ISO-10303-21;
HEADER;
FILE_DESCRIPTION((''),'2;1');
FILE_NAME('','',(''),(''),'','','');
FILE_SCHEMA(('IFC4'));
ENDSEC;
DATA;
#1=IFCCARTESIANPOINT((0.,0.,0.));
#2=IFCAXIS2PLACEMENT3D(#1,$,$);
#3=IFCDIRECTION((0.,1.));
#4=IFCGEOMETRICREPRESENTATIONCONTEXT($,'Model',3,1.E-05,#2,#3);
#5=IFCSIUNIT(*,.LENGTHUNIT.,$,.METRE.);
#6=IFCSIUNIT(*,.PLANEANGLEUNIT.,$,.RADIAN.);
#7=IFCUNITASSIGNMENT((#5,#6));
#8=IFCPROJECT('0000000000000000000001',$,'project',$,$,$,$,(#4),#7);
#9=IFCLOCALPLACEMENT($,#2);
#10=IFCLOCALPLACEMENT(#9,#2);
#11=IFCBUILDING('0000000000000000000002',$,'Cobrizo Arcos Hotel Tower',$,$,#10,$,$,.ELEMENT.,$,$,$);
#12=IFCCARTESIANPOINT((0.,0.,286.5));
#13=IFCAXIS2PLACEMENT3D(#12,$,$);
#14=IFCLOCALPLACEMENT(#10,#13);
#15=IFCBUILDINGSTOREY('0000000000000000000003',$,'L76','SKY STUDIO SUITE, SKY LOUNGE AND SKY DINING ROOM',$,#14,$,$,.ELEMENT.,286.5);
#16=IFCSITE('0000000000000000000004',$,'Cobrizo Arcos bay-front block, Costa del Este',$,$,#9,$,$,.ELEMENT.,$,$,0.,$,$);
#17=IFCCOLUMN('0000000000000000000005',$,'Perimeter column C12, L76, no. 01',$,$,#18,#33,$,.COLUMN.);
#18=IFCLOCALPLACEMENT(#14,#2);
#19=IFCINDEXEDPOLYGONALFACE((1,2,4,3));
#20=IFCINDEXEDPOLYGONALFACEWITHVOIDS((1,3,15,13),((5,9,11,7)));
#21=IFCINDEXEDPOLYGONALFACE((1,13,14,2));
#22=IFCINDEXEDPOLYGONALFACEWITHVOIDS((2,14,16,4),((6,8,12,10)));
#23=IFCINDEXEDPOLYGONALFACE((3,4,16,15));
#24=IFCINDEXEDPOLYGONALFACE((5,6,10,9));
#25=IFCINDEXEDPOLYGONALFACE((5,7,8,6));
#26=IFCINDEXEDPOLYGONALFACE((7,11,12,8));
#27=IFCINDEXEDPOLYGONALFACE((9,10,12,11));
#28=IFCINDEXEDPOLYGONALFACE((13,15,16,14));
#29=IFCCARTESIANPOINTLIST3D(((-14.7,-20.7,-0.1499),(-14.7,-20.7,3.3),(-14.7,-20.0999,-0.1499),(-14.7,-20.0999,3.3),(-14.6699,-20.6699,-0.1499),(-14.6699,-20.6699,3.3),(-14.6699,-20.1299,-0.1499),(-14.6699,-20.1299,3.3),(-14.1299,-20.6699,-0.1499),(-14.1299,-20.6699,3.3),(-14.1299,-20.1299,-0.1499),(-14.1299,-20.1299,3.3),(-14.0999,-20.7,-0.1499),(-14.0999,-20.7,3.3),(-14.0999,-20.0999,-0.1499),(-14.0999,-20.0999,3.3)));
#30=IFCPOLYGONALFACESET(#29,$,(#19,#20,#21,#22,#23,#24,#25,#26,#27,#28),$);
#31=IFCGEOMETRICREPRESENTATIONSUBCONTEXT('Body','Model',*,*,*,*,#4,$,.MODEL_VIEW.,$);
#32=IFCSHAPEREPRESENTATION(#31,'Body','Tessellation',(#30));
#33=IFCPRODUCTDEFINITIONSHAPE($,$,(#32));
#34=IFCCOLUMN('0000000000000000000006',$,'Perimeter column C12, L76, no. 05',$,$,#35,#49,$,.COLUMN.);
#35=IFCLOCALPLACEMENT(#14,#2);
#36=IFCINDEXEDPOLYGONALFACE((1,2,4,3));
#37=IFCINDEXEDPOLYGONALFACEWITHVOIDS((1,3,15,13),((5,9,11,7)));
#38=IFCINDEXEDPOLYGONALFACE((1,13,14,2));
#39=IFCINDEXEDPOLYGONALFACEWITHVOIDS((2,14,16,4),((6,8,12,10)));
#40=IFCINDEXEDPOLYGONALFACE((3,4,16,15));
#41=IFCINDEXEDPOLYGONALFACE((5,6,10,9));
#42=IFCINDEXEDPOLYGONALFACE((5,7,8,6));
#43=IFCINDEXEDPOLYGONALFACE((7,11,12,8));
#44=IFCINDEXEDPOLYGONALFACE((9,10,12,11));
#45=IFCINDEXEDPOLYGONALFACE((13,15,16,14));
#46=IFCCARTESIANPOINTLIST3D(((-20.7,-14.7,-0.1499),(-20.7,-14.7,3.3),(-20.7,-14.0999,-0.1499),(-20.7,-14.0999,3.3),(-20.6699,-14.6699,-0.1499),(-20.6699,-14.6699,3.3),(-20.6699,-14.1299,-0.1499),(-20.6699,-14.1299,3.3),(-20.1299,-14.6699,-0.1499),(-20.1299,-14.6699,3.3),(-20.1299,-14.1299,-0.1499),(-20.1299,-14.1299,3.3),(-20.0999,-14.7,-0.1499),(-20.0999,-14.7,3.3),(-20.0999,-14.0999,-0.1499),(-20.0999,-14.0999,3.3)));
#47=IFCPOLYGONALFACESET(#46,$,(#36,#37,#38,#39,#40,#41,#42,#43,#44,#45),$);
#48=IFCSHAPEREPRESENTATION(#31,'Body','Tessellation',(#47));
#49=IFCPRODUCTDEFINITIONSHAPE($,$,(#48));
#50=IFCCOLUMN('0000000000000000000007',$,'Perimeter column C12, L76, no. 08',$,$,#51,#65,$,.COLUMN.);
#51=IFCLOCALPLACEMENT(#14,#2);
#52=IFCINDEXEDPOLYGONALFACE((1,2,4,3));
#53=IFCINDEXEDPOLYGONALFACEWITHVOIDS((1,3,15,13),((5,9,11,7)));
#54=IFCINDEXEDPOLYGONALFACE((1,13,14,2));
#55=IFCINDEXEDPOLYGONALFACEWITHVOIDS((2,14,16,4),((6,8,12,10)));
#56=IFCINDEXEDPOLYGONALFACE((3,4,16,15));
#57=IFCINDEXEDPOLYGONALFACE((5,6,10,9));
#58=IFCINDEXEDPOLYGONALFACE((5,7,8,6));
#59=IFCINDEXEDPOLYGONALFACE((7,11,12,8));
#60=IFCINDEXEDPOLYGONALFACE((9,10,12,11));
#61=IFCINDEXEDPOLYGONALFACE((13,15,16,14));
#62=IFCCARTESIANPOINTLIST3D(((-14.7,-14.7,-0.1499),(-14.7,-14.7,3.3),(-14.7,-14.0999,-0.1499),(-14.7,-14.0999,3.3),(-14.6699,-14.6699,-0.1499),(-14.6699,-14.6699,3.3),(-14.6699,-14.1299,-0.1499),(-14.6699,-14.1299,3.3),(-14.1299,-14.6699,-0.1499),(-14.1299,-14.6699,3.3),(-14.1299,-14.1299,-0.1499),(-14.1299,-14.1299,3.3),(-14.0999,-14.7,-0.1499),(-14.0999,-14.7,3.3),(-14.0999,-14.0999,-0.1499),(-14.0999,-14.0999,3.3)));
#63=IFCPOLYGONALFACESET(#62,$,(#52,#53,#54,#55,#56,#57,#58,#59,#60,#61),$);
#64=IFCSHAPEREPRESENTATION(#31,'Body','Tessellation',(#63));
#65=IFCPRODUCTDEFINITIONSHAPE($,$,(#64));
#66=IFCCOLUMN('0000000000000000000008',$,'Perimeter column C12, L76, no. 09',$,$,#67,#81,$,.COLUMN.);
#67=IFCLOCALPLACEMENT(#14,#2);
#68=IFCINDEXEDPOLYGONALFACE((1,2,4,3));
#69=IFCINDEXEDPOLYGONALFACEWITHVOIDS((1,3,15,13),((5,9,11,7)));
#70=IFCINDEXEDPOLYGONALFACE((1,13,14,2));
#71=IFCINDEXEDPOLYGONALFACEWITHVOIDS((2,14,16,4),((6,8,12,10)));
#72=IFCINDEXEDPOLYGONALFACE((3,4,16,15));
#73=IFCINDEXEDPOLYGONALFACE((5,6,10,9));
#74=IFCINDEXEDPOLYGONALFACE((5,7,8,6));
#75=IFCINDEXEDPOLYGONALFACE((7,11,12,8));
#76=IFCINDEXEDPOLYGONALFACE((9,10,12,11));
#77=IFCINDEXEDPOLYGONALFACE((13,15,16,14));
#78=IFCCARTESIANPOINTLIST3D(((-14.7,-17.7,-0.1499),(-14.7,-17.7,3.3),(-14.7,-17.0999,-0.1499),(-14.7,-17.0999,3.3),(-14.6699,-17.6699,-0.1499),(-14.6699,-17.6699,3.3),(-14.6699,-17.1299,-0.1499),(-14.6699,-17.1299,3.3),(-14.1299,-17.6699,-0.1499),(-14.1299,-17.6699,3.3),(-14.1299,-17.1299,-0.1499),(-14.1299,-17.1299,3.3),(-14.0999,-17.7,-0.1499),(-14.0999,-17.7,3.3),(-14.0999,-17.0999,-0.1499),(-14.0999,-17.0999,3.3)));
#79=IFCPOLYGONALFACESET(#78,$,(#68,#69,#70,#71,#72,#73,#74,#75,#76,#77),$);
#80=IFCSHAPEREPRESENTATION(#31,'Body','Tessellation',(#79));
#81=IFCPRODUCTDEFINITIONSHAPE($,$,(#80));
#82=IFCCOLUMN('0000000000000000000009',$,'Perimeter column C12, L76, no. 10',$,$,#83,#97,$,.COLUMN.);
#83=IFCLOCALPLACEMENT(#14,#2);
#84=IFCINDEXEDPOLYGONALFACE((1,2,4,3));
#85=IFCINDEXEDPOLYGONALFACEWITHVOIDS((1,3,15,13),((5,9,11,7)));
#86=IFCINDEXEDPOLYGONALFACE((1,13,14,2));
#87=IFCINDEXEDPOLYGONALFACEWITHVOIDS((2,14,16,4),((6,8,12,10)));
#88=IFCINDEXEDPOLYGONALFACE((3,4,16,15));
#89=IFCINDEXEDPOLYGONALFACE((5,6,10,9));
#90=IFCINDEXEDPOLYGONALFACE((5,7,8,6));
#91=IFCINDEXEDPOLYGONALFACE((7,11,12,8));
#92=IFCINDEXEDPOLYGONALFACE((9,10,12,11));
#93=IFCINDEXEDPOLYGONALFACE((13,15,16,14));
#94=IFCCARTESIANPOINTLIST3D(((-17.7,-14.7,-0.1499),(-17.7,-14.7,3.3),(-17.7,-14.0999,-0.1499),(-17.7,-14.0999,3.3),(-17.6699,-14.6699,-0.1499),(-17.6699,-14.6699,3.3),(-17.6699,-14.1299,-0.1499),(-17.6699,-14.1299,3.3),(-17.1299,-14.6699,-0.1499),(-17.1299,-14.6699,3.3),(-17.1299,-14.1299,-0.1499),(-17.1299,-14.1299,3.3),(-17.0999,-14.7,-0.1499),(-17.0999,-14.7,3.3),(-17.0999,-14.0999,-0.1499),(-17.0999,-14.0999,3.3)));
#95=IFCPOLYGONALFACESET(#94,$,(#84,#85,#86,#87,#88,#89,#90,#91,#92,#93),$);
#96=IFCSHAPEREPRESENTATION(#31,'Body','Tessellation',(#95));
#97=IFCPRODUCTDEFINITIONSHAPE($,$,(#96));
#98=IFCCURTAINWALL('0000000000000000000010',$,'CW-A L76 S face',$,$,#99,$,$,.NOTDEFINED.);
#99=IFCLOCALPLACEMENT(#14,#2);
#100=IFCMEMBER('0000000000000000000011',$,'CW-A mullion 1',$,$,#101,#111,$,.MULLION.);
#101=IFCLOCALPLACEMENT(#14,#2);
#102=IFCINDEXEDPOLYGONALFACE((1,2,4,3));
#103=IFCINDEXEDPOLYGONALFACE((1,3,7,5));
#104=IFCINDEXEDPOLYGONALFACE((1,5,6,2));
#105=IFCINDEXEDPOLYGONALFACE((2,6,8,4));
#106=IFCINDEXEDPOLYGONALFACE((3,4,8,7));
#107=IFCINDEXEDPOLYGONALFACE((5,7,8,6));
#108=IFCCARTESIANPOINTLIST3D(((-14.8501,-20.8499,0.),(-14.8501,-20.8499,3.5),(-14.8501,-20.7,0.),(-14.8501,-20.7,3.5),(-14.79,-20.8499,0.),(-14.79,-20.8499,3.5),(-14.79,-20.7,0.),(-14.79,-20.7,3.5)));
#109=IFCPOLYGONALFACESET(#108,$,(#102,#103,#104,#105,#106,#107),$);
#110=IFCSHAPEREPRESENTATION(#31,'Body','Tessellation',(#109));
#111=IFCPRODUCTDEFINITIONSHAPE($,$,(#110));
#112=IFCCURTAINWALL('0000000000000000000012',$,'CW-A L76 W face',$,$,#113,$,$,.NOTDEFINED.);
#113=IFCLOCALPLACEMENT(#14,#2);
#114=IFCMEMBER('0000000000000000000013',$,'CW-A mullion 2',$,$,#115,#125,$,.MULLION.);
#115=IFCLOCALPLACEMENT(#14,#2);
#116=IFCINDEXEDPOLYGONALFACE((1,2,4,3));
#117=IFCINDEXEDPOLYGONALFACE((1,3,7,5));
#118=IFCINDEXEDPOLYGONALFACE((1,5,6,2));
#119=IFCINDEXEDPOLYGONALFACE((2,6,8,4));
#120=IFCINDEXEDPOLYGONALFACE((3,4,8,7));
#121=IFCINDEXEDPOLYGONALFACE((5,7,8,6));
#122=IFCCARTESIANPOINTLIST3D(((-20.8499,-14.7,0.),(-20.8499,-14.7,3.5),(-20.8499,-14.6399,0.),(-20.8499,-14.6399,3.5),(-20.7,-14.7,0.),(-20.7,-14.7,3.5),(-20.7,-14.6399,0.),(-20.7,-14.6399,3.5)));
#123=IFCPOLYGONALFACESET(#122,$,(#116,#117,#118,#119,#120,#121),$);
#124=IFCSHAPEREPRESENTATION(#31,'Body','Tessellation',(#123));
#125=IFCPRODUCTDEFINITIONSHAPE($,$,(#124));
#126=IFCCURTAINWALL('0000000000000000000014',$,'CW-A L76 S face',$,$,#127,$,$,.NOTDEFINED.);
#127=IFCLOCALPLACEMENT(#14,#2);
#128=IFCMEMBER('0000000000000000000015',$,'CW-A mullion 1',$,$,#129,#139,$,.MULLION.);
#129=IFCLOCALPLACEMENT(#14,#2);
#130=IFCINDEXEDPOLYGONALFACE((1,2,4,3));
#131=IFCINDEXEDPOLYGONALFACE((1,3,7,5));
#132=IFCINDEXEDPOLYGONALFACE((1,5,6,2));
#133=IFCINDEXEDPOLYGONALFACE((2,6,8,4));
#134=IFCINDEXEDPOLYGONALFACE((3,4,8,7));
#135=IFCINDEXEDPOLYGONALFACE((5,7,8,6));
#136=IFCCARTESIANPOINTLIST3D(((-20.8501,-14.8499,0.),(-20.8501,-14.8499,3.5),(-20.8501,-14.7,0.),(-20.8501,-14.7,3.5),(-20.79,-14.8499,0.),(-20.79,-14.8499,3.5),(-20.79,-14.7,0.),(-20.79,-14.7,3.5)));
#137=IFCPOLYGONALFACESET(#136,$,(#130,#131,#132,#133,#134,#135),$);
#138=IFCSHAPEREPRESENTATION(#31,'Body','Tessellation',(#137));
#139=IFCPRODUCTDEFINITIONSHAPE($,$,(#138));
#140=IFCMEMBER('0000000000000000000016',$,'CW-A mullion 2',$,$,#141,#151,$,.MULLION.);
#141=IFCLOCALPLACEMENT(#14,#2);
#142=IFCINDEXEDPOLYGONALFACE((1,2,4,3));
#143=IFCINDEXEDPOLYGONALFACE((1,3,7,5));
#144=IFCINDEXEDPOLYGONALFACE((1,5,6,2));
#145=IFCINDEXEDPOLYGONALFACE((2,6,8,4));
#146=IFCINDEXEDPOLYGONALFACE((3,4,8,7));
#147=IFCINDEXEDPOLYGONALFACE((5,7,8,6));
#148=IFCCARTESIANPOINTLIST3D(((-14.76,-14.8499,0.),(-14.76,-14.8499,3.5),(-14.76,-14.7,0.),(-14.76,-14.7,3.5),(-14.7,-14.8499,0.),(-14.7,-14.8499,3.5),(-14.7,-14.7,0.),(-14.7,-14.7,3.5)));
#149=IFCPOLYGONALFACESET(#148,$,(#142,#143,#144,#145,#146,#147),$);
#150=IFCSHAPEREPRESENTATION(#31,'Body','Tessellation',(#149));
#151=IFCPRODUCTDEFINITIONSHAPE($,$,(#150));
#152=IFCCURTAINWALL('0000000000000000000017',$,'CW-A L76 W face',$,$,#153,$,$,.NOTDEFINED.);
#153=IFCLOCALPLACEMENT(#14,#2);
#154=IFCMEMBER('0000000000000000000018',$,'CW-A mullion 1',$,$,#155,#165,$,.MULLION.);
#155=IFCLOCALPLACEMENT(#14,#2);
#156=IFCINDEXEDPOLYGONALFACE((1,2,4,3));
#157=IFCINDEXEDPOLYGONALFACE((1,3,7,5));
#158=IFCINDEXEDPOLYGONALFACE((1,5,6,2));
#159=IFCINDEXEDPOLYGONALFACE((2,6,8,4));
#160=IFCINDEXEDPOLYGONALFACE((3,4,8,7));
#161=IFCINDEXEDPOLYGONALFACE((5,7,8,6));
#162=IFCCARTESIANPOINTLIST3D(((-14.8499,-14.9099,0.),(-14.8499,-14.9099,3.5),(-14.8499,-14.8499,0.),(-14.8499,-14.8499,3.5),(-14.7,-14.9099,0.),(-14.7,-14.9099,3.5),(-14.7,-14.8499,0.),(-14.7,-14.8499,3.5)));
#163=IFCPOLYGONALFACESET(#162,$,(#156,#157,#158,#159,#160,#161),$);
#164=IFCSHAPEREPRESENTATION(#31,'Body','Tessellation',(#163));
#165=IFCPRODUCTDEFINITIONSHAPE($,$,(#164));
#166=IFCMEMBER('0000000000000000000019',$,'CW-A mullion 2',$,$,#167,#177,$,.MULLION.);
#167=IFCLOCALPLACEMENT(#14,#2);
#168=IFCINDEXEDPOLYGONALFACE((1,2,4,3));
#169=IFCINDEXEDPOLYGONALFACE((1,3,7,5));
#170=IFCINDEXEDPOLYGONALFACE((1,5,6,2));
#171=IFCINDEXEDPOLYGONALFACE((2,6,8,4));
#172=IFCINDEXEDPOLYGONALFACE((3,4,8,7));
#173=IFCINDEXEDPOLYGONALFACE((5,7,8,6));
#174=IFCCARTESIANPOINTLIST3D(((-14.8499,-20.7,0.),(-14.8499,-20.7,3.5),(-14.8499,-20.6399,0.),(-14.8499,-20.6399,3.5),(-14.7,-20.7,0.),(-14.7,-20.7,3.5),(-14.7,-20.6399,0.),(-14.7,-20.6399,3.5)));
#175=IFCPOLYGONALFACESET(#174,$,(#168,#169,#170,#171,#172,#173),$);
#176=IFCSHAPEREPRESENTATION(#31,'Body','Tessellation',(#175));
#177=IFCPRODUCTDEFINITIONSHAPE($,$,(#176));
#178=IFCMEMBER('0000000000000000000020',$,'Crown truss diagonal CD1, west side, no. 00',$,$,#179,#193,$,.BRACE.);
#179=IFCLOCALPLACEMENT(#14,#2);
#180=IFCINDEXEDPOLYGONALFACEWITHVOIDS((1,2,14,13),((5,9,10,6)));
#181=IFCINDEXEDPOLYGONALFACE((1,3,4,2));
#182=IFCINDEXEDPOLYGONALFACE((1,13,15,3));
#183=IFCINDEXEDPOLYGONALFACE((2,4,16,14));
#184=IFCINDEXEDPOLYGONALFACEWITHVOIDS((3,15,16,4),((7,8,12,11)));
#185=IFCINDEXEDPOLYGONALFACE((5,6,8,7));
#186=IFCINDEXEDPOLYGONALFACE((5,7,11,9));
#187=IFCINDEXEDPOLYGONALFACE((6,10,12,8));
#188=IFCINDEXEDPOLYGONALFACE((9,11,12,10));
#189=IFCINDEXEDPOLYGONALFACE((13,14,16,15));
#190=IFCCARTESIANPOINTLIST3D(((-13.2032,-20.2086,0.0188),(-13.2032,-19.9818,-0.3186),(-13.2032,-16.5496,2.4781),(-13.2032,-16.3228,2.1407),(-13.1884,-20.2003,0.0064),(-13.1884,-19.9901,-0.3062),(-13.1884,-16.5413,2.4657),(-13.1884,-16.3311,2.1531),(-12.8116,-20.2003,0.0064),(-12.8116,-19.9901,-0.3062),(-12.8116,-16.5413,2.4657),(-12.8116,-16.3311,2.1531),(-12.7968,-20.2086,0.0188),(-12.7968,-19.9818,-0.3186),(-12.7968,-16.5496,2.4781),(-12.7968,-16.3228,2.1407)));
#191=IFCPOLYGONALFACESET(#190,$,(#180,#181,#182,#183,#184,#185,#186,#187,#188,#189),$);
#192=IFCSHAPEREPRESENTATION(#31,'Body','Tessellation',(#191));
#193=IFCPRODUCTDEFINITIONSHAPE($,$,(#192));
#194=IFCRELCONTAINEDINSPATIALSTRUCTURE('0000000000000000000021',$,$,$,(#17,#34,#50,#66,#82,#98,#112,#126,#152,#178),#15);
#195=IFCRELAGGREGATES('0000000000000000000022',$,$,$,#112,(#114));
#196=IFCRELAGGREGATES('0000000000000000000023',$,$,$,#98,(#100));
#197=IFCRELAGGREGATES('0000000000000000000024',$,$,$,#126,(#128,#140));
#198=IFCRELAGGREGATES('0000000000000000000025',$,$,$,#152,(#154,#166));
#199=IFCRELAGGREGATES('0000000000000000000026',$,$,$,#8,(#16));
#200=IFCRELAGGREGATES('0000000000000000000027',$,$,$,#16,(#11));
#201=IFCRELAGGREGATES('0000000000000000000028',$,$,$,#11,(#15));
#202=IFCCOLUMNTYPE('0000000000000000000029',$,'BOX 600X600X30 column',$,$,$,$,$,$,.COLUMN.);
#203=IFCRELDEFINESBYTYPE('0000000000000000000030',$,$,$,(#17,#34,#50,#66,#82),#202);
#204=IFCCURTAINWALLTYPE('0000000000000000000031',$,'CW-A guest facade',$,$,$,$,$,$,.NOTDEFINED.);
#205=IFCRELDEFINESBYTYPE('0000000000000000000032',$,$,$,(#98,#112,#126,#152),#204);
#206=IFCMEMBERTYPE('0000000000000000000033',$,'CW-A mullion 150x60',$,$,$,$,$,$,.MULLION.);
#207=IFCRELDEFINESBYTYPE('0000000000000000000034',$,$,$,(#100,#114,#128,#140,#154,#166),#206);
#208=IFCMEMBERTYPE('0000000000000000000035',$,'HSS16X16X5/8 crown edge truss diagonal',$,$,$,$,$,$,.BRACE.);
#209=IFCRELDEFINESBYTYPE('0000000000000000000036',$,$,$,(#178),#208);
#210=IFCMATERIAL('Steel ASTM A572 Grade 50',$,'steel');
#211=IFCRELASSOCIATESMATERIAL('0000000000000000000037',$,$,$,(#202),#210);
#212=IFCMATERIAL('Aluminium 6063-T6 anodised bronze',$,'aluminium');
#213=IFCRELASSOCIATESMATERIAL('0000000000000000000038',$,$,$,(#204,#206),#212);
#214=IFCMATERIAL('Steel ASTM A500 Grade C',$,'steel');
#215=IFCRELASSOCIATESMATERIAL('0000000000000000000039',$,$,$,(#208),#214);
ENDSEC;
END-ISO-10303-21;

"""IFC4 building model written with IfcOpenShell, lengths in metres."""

from ifc_helpers import new_model, si_unit, direction, frame, origin, origin_2d, place, context, subcontext, project, spatial, rectangle, hollow_rectangle, extrude, material, material_profile, profile_set, type_object, element, aggregate, save


model = new_model("IFC4")

# Units and contexts
model_context = context("Model", 3, precision=1e-05, world=origin(), true_north=direction((0.0, 1.0)))
body_context = subcontext(model_context, "Body", "Model", "MODEL_VIEW")
ifc_project = project(units=[si_unit("LENGTHUNIT", "METRE"), si_unit("PLANEANGLEUNIT", "RADIAN")], contexts=[model_context])

# Site, building, storey
site_placement = place(None, origin())
site = spatial("IfcSite", under=ifc_project, at=site_placement, Name="Cobrizo Arcos bay-front block, Costa del Este", CompositionType="ELEMENT", RefElevation=0.0)
building_placement = place(site_placement, origin())
building = spatial("IfcBuilding", under=site, at=building_placement, Name="Cobrizo Arcos Hotel Tower", CompositionType="ELEMENT")
storey_placement = place(building_placement, frame((0.0, 0.0, 286.5)))
storey = spatial("IfcBuildingStorey", under=building, at=storey_placement, Name="L76", Description="SKY STUDIO SUITE, SKY LOUNGE AND SKY DINING ROOM", CompositionType="ELEMENT", Elevation=286.5)

# Columns
ifc_material_1 = material(Name="Steel ASTM A572 Grade 50", Category="steel")
ifc_material_profile_1 = material_profile(ifc_material_1, hollow_rectangle(XDim=0.6001, YDim=0.6001, WallThickness=0.03, at=origin_2d()), Name="BOX 600X600X30")
ifc_profile_set_1 = profile_set([ifc_material_profile_1], Name="Steel ASTM A572 Grade 50")
column_type = type_object("IfcColumnType", Name="BOX 600X600X30 column", PredefinedType="COLUMN", material=ifc_profile_set_1)
for number, where, z_axis, x_axis, name in (
    (1, (-14.3999, -20.3999, -0.1499), (0.0, 0.0, 1.0), (1.0, 0.0, 0.0), "Perimeter column C12, L76, no. 01"),
    (2, (-20.3999, -14.3999, -0.1499), (0.0, 0.0, 1.0), (1.0, 0.0, 0.0), "Perimeter column C12, L76, no. 05"),
    (3, (-14.3999, -14.3999, -0.1499), (0.0, 0.0, 1.0), (1.0, 0.0, 0.0), "Perimeter column C12, L76, no. 08"),
    (4, (-14.3999, -17.3999, -0.1499), (0.0, 0.0, 1.0), (1.0, 0.0, 0.0), "Perimeter column C12, L76, no. 09"),
    (5, (-17.3999, -14.3999, -0.1499), (0.0, 0.0, 1.0), (1.0, 0.0, 0.0), "Perimeter column C12, L76, no. 10"),
):
    element("IfcColumn", number, at=place(storey_placement, frame(where, z_axis=z_axis, x_axis=x_axis)), inside=storey, type_object=column_type, Name=name, PredefinedType="COLUMN", context=body_context, shape_type="SweptSolid", body=[
        extrude(hollow_rectangle(XDim=0.6001, YDim=0.6001, WallThickness=0.03, at=origin_2d()), origin(), (0.0, 0.0, 1.0), 3.45),
    ])

# Curtain walls, members
ifc_material_2 = material(Name="Aluminium 6063-T6 anodised bronze", Category="aluminium")
curtain_wall_type = type_object("IfcCurtainWallType", Name="CW-A guest facade", PredefinedType="NOTDEFINED", material=ifc_material_2)
curtain_wall_1_placement = place(storey_placement, origin())
curtain_wall_1 = element("IfcCurtainWall", 6, at=curtain_wall_1_placement, inside=storey, type_object=curtain_wall_type, Name="CW-A L76 S face", PredefinedType="NOTDEFINED")
ifc_material_profile_2 = material_profile(ifc_material_2, rectangle(XDim=0.1499, YDim=0.0601, at=origin_2d()), Name="CW-A mullion 150x60")
ifc_profile_set_2 = profile_set([ifc_material_profile_2], Name="Aluminium 6063-T6 anodised bronze")
member_type_1 = type_object("IfcMemberType", Name="CW-A mullion 150x60", PredefinedType="MULLION", material=ifc_profile_set_2)
member_1_placement = place(storey_placement, frame((-14.8201, -20.7749, 0.0), z_axis=(0.0, 0.0, 1.0), x_axis=(0.0, -1.0, 0.0)))
member_1 = element("IfcMember", 7, at=member_1_placement, type_object=member_type_1, Name="CW-A mullion 1", PredefinedType="MULLION", context=body_context, shape_type="SweptSolid", body=[
    extrude(rectangle(XDim=0.1499, YDim=0.0601, at=origin_2d()), origin(), (0.0, 0.0, 1.0), 3.5),
])
curtain_wall_2_placement = place(storey_placement, origin())
curtain_wall_2 = element("IfcCurtainWall", 8, at=curtain_wall_2_placement, inside=storey, type_object=curtain_wall_type, Name="CW-A L76 W face", PredefinedType="NOTDEFINED")
member_2_placement = place(storey_placement, frame((-20.7749, -14.6699, 0.0), z_axis=(0.0, 0.0, 1.0), x_axis=(-1.0, 0.0, 0.0)))
member_2 = element("IfcMember", 9, at=member_2_placement, type_object=member_type_1, Name="CW-A mullion 2", PredefinedType="MULLION", context=body_context, shape_type="SweptSolid", body=[
    extrude(rectangle(XDim=0.1499, YDim=0.0601, at=origin_2d()), origin(), (0.0, 0.0, 1.0), 3.5),
])
aggregate(curtain_wall_2, [member_2])

# Curtain walls, members
curtain_wall_3_placement = place(storey_placement, origin())
curtain_wall_3 = element("IfcCurtainWall", 10, at=curtain_wall_3_placement, inside=storey, type_object=curtain_wall_type, Name="CW-A L76 S face", PredefinedType="NOTDEFINED")
member_3_placement = place(storey_placement, frame((-20.8201, -14.7749, 0.0), z_axis=(0.0, 0.0, 1.0), x_axis=(0.0, -1.0, 0.0)))
member_3 = element("IfcMember", 11, at=member_3_placement, type_object=member_type_1, Name="CW-A mullion 1", PredefinedType="MULLION", context=body_context, shape_type="SweptSolid", body=[
    extrude(rectangle(XDim=0.1499, YDim=0.0601, at=origin_2d()), origin(), (0.0, 0.0, 1.0), 3.5),
])
member_4_placement = place(storey_placement, frame((-14.73, -14.7749, 0.0), z_axis=(0.0, 0.0, 1.0), x_axis=(0.0, -1.0, 0.0)))
member_4 = element("IfcMember", 12, at=member_4_placement, type_object=member_type_1, Name="CW-A mullion 2", PredefinedType="MULLION", context=body_context, shape_type="SweptSolid", body=[
    extrude(rectangle(XDim=0.1499, YDim=0.0601, at=origin_2d()), origin(), (0.0, 0.0, 1.0), 3.5),
])
curtain_wall_4_placement = place(storey_placement, origin())
curtain_wall_4 = element("IfcCurtainWall", 13, at=curtain_wall_4_placement, inside=storey, type_object=curtain_wall_type, Name="CW-A L76 W face", PredefinedType="NOTDEFINED")
member_5_placement = place(storey_placement, frame((-14.7749, -14.8799, 0.0), z_axis=(0.0, 0.0, 1.0), x_axis=(-1.0, 0.0, 0.0)))
member_5 = element("IfcMember", 14, at=member_5_placement, type_object=member_type_1, Name="CW-A mullion 1", PredefinedType="MULLION", context=body_context, shape_type="SweptSolid", body=[
    extrude(rectangle(XDim=0.1499, YDim=0.0601, at=origin_2d()), origin(), (0.0, 0.0, 1.0), 3.5),
])
member_6_placement = place(storey_placement, frame((-14.7749, -20.6699, 0.0), z_axis=(0.0, 0.0, 1.0), x_axis=(-1.0, 0.0, 0.0)))
member_6 = element("IfcMember", 15, at=member_6_placement, type_object=member_type_1, Name="CW-A mullion 2", PredefinedType="MULLION", context=body_context, shape_type="SweptSolid", body=[
    extrude(rectangle(XDim=0.1499, YDim=0.0601, at=origin_2d()), origin(), (0.0, 0.0, 1.0), 3.5),
])

# Member
ifc_material_3 = material(Name="Steel ASTM A500 Grade C", Category="steel")
ifc_material_profile_3 = material_profile(ifc_material_3, hollow_rectangle(XDim=0.4065, YDim=0.4065, WallThickness=0.0149, at=origin_2d()), Name="HSS16X16X5/8")
ifc_profile_set_3 = profile_set([ifc_material_profile_3], Name="Steel ASTM A500 Grade C")
member_type_2 = type_object("IfcMemberType", Name="HSS16X16X5/8 crown edge truss diagonal", PredefinedType="BRACE", material=ifc_profile_set_3)
member_7_placement = place(storey_placement, frame((-13.0, -20.0952, -0.1499), z_axis=(0.0, 0.829957, 0.557827), x_axis=(-1.0, 0.0, 0.0)))
element("IfcMember", 16, at=member_7_placement, inside=storey, type_object=member_type_2, Name="Crown truss diagonal CD1, west side, no. 00", PredefinedType="BRACE", context=body_context, shape_type="SweptSolid", body=[
    extrude(hollow_rectangle(XDim=0.4065, YDim=0.4065, WallThickness=0.0149, at=origin_2d()), origin(), (0.0, 0.0, 1.0), 4.4087),
])

aggregate(curtain_wall_1, [member_1])
aggregate(curtain_wall_3, [member_3, member_4])
aggregate(curtain_wall_4, [member_5, member_6])

save(model, "model.ifc")
